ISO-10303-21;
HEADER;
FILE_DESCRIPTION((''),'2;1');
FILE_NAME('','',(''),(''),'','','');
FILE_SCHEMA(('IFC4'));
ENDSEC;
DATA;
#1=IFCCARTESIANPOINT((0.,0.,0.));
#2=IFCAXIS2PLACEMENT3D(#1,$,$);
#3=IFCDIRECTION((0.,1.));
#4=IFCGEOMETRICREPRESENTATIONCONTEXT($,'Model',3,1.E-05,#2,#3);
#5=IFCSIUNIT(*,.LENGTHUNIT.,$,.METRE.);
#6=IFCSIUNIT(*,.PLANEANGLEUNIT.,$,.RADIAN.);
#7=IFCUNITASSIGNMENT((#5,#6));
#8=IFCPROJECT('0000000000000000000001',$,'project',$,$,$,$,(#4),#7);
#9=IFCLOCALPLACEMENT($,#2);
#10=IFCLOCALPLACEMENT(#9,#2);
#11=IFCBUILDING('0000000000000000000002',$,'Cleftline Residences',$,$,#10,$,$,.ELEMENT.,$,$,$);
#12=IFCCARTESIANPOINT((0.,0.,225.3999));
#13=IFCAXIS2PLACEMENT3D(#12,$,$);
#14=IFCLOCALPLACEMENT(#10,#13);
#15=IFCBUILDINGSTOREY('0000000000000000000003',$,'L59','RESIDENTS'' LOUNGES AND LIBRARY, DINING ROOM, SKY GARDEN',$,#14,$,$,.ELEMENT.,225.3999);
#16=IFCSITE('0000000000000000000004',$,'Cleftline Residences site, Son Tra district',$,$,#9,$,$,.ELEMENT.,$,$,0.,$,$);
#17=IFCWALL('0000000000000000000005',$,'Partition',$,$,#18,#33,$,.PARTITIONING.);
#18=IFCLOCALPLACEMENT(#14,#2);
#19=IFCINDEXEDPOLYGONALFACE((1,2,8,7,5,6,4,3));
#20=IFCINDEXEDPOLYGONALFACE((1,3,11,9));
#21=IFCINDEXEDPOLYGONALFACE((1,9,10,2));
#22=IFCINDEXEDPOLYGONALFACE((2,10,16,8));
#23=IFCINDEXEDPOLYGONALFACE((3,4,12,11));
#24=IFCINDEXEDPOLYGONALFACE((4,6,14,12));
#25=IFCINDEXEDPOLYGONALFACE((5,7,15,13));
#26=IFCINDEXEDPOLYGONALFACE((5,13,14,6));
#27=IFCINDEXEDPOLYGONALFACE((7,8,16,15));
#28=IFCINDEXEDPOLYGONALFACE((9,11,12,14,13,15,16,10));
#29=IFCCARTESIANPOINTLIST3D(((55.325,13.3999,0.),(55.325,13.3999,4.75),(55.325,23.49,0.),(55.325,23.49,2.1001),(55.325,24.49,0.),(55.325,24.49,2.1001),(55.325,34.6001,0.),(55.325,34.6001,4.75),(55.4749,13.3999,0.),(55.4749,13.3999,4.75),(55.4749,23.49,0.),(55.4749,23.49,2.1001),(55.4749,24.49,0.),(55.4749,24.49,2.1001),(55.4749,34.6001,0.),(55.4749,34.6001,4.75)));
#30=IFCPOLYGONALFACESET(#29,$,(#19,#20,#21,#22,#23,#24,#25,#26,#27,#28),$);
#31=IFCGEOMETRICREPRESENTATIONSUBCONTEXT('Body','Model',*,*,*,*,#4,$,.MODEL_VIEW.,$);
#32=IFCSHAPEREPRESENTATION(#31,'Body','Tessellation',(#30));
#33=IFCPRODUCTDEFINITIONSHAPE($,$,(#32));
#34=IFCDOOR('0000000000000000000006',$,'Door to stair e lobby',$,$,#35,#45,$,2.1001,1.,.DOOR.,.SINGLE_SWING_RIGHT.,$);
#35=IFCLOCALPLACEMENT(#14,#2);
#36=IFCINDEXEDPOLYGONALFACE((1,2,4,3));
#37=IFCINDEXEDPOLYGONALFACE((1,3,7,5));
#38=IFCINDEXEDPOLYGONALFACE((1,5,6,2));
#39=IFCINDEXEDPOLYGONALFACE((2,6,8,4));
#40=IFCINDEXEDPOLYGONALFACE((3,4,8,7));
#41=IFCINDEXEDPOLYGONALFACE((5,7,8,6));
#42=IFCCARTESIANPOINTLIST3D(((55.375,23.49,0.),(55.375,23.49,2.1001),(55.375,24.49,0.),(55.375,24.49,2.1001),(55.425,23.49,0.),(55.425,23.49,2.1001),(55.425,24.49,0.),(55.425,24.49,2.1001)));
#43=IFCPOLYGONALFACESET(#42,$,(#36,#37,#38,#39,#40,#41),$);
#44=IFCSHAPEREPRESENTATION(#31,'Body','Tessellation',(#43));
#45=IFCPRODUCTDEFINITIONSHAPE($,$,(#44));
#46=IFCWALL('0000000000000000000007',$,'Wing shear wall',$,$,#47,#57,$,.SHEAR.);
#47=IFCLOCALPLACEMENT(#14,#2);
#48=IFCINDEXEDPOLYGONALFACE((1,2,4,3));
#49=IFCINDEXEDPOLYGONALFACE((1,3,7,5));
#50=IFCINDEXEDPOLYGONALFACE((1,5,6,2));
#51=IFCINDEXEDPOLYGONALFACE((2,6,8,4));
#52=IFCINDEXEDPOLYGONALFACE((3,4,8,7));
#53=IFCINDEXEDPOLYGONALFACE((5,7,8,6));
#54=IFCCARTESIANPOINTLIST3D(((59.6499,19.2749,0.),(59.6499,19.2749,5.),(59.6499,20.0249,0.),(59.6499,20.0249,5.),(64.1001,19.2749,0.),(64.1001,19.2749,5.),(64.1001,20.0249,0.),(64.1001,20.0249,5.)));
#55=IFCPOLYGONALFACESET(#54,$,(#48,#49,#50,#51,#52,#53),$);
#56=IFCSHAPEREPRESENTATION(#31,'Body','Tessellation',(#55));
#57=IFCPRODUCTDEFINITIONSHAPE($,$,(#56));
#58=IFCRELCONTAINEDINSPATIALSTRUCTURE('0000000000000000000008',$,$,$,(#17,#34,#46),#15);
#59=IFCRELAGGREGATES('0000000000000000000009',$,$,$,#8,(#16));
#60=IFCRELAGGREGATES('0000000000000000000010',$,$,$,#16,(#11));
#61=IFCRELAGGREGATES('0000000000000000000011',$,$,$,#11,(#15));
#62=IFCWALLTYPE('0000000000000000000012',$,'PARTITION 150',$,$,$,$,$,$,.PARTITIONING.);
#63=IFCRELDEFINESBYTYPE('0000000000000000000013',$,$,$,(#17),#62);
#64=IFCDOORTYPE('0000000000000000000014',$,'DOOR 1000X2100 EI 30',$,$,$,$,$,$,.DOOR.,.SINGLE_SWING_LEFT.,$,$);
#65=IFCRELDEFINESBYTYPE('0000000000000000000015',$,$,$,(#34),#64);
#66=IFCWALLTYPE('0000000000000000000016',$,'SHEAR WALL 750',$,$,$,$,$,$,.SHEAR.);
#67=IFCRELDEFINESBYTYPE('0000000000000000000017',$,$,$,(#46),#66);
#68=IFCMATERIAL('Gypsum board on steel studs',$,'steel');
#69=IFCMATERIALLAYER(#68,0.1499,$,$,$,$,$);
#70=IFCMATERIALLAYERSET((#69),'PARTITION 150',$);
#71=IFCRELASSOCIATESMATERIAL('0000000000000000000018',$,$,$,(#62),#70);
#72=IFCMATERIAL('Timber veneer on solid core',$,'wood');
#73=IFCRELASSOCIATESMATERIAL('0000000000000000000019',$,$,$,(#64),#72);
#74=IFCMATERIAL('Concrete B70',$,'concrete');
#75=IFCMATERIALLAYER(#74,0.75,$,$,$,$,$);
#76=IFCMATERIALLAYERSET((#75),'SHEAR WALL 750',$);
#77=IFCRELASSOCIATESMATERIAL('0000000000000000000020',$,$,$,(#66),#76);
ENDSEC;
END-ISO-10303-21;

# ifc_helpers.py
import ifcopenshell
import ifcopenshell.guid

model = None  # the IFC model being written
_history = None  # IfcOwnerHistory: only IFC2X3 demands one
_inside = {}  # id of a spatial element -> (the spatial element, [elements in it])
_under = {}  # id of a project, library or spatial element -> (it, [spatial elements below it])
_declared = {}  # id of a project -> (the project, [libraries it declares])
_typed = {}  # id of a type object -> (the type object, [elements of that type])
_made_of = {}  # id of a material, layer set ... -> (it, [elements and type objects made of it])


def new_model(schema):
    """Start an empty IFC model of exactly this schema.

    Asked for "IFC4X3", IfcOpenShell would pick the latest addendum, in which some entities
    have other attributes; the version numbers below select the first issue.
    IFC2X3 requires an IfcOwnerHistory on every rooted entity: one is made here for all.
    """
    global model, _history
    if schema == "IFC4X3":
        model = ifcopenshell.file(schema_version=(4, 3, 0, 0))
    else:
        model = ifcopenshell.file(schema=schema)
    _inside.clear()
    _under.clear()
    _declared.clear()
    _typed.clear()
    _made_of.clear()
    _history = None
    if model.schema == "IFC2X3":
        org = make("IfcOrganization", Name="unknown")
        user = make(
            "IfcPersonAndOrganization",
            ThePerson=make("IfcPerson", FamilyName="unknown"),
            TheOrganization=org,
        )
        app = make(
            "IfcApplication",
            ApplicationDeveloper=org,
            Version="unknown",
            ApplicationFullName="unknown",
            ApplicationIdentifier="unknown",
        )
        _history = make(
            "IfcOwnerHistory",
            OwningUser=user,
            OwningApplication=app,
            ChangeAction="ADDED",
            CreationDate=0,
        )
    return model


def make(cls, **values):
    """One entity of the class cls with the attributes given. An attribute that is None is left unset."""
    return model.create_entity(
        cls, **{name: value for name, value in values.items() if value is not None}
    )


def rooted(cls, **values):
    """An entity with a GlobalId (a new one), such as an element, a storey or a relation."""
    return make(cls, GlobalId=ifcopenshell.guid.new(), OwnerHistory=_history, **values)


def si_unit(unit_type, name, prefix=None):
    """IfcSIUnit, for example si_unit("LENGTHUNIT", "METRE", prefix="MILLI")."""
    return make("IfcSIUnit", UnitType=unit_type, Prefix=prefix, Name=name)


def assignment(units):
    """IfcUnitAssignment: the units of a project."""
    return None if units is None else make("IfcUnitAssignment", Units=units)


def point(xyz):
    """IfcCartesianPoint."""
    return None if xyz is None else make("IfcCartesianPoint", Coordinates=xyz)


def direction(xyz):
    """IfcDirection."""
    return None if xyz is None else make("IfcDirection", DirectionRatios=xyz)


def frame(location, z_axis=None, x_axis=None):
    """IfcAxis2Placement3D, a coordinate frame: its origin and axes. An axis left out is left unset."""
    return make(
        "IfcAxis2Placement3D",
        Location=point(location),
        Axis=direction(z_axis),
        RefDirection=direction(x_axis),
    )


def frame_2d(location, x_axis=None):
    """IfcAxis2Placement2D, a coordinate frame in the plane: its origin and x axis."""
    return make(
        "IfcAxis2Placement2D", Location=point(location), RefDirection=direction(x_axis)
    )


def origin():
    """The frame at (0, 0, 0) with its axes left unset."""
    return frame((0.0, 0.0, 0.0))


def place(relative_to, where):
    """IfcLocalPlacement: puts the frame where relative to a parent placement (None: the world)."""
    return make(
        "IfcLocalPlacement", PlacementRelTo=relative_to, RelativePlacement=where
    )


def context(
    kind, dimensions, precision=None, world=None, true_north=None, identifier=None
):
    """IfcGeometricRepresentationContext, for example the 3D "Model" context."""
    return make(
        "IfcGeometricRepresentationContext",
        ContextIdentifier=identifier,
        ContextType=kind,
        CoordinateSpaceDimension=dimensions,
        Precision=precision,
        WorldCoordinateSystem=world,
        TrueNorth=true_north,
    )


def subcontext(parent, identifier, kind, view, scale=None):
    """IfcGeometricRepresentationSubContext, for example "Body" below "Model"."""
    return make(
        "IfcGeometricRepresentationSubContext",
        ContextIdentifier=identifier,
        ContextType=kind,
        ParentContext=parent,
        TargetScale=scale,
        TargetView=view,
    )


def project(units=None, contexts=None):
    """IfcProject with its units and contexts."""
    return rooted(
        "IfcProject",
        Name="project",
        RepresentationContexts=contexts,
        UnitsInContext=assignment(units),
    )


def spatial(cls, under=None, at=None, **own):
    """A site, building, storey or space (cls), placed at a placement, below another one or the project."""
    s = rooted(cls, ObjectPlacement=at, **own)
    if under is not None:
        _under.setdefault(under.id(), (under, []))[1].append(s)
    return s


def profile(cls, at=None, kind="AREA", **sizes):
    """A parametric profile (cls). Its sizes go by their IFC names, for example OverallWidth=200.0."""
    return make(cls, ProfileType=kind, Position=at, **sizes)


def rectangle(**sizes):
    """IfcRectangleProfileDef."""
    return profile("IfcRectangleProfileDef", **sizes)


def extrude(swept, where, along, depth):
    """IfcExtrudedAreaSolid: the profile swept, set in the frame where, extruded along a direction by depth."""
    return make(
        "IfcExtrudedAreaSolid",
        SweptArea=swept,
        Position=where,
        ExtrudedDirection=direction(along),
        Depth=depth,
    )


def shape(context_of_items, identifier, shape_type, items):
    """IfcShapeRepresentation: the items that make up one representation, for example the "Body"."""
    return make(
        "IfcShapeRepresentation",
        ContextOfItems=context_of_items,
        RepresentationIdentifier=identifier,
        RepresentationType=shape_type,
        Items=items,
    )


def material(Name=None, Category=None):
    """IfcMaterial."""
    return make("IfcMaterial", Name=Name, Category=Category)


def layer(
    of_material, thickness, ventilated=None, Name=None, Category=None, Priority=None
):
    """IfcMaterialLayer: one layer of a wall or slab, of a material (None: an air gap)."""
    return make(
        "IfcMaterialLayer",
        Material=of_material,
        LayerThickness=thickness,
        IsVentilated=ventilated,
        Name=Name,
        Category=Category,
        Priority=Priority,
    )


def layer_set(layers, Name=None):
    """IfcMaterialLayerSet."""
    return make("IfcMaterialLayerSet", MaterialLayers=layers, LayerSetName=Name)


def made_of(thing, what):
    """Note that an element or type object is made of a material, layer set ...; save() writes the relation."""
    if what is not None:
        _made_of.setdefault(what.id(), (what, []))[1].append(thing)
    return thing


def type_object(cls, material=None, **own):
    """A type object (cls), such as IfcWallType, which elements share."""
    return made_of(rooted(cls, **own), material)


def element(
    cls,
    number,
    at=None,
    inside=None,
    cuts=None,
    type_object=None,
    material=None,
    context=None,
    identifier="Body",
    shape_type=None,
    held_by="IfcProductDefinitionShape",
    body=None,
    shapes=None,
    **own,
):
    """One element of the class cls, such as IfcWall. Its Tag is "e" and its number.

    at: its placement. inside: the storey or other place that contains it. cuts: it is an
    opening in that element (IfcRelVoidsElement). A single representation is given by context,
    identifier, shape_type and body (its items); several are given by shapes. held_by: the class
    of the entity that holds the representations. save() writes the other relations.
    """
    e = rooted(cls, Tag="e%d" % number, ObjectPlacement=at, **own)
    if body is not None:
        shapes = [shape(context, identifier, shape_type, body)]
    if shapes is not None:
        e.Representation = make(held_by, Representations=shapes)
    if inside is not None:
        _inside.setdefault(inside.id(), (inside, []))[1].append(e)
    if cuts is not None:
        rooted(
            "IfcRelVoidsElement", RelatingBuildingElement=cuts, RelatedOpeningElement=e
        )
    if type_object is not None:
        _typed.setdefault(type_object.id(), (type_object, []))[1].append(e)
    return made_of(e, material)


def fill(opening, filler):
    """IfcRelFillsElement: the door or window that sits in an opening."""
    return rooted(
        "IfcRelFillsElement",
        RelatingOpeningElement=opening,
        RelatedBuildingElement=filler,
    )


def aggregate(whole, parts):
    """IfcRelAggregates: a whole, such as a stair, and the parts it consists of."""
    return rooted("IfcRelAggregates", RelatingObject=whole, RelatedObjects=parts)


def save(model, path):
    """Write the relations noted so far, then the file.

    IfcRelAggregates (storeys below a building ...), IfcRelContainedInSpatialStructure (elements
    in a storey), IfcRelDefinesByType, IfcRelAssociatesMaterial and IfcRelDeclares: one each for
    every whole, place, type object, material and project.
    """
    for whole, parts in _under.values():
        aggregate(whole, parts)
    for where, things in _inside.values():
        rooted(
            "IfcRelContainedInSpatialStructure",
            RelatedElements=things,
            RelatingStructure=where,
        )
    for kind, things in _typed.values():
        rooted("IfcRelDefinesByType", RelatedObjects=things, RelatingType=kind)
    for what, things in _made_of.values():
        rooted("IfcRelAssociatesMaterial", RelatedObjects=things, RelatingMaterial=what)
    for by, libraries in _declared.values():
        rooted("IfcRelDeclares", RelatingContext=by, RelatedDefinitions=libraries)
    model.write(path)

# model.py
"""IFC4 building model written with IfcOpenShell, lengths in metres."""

from ifc_helpers import new_model, si_unit, direction, frame, frame_2d, origin, place, context, subcontext, project, spatial, rectangle, extrude, material, layer, layer_set, type_object, element, fill, save


model = new_model("IFC4")

# Units and contexts
model_context = context("Model", 3, precision=1e-05, world=origin(), true_north=direction((0.0, 1.0)))
body_context = subcontext(model_context, "Body", "Model", "MODEL_VIEW")
ifc_project = project(units=[si_unit("LENGTHUNIT", "METRE"), si_unit("PLANEANGLEUNIT", "RADIAN")], contexts=[model_context])

# Site, building, storey
site_placement = place(None, origin())
site = spatial("IfcSite", under=ifc_project, at=site_placement, Name="Cleftline Residences site, Son Tra district", CompositionType="ELEMENT", RefElevation=0.0)
building_placement = place(site_placement, origin())
building = spatial("IfcBuilding", under=site, at=building_placement, Name="Cleftline Residences", CompositionType="ELEMENT")
storey_placement = place(building_placement, frame((0.0, 0.0, 225.3999)))
storey = spatial("IfcBuildingStorey", under=building, at=storey_placement, Name="L59", Description="RESIDENTS' LOUNGES AND LIBRARY, DINING ROOM, SKY GARDEN", CompositionType="ELEMENT", Elevation=225.3999)

# Shared definitions
ifc_material_1 = material(Name="Gypsum board on steel studs", Category="steel")
ifc_layer_1 = layer(ifc_material_1, 0.1499)
ifc_layer_set_1 = layer_set([ifc_layer_1], Name="PARTITION 150")
wall_type_1 = type_object("IfcWallType", Name="PARTITION 150", PredefinedType="PARTITIONING", material=ifc_layer_set_1)

# Wall, opening, door
wall_1_placement = place(storey_placement, frame((55.3999, 13.3999, 0.0), z_axis=(0.0, 0.0, 1.0), x_axis=(0.0, 1.0, 0.0)))
wall_1 = element("IfcWall", 1, at=wall_1_placement, inside=storey, type_object=wall_type_1, Name="Partition", PredefinedType="PARTITIONING", context=body_context, shape_type="SweptSolid", body=[
    extrude(rectangle(XDim=21.2002, YDim=0.1499, at=frame_2d((10.6001, 0.0))), origin(), (0.0, 0.0, 1.0), 4.75),
])
opening_1_placement = place(wall_1_placement, frame((10.0901, 0.0, 0.0)))
opening_1 = element("IfcOpeningElement", 2, at=opening_1_placement, cuts=wall_1, PredefinedType="OPENING", context=body_context, shape_type="SweptSolid", body=[
    extrude(rectangle(XDim=1.0, YDim=2.1001, at=frame_2d((0.5, 1.05))), frame((0.0, 0.085, 0.0), z_axis=(0.0, -1.0, 0.0), x_axis=(1.0, 0.0, 0.0)), (0.0, 0.0, 1.0), 0.1699),
])
ifc_material_2 = material(Name="Timber veneer on solid core", Category="wood")
door_type_1 = type_object("IfcDoorType", Name="DOOR 1000X2100 EI 30", OperationType="SINGLE_SWING_LEFT", PredefinedType="DOOR", material=ifc_material_2)
door_1_placement = place(opening_1_placement, origin())
door_1 = element("IfcDoor", 3, at=door_1_placement, inside=storey, type_object=door_type_1, Name="Door to stair e lobby", OperationType="SINGLE_SWING_RIGHT", OverallHeight=2.1001, OverallWidth=1.0, PredefinedType="DOOR", context=body_context, shape_type="SweptSolid", body=[
    extrude(rectangle(XDim=1.0, YDim=2.1001, at=frame_2d((0.5, 1.05))), frame((0.0, 0.0249, 0.0), z_axis=(0.0, -1.0, 0.0), x_axis=(1.0, 0.0, 0.0)), (0.0, 0.0, 1.0), 0.05),
])
fill(opening_1, door_1)

# Wall
ifc_material_3 = material(Name="Concrete B70", Category="concrete")
ifc_layer_2 = layer(ifc_material_3, 0.75)
ifc_layer_set_2 = layer_set([ifc_layer_2], Name="SHEAR WALL 750")
wall_type_2 = type_object("IfcWallType", Name="SHEAR WALL 750", PredefinedType="SHEAR", material=ifc_layer_set_2)
wall_2_placement = place(storey_placement, frame((59.6499, 19.6499, 0.0), z_axis=(0.0, 0.0, 1.0), x_axis=(1.0, 0.0, 0.0)))
element("IfcWall", 4, at=wall_2_placement, inside=storey, type_object=wall_type_2, Name="Wing shear wall", PredefinedType="SHEAR", context=body_context, shape_type="SweptSolid", body=[
    extrude(rectangle(XDim=4.4502, YDim=0.75, at=frame_2d((2.2251, 0.0))), origin(), (0.0, 0.0, 1.0), 5.0),
])

save(model, "model.ifc")
